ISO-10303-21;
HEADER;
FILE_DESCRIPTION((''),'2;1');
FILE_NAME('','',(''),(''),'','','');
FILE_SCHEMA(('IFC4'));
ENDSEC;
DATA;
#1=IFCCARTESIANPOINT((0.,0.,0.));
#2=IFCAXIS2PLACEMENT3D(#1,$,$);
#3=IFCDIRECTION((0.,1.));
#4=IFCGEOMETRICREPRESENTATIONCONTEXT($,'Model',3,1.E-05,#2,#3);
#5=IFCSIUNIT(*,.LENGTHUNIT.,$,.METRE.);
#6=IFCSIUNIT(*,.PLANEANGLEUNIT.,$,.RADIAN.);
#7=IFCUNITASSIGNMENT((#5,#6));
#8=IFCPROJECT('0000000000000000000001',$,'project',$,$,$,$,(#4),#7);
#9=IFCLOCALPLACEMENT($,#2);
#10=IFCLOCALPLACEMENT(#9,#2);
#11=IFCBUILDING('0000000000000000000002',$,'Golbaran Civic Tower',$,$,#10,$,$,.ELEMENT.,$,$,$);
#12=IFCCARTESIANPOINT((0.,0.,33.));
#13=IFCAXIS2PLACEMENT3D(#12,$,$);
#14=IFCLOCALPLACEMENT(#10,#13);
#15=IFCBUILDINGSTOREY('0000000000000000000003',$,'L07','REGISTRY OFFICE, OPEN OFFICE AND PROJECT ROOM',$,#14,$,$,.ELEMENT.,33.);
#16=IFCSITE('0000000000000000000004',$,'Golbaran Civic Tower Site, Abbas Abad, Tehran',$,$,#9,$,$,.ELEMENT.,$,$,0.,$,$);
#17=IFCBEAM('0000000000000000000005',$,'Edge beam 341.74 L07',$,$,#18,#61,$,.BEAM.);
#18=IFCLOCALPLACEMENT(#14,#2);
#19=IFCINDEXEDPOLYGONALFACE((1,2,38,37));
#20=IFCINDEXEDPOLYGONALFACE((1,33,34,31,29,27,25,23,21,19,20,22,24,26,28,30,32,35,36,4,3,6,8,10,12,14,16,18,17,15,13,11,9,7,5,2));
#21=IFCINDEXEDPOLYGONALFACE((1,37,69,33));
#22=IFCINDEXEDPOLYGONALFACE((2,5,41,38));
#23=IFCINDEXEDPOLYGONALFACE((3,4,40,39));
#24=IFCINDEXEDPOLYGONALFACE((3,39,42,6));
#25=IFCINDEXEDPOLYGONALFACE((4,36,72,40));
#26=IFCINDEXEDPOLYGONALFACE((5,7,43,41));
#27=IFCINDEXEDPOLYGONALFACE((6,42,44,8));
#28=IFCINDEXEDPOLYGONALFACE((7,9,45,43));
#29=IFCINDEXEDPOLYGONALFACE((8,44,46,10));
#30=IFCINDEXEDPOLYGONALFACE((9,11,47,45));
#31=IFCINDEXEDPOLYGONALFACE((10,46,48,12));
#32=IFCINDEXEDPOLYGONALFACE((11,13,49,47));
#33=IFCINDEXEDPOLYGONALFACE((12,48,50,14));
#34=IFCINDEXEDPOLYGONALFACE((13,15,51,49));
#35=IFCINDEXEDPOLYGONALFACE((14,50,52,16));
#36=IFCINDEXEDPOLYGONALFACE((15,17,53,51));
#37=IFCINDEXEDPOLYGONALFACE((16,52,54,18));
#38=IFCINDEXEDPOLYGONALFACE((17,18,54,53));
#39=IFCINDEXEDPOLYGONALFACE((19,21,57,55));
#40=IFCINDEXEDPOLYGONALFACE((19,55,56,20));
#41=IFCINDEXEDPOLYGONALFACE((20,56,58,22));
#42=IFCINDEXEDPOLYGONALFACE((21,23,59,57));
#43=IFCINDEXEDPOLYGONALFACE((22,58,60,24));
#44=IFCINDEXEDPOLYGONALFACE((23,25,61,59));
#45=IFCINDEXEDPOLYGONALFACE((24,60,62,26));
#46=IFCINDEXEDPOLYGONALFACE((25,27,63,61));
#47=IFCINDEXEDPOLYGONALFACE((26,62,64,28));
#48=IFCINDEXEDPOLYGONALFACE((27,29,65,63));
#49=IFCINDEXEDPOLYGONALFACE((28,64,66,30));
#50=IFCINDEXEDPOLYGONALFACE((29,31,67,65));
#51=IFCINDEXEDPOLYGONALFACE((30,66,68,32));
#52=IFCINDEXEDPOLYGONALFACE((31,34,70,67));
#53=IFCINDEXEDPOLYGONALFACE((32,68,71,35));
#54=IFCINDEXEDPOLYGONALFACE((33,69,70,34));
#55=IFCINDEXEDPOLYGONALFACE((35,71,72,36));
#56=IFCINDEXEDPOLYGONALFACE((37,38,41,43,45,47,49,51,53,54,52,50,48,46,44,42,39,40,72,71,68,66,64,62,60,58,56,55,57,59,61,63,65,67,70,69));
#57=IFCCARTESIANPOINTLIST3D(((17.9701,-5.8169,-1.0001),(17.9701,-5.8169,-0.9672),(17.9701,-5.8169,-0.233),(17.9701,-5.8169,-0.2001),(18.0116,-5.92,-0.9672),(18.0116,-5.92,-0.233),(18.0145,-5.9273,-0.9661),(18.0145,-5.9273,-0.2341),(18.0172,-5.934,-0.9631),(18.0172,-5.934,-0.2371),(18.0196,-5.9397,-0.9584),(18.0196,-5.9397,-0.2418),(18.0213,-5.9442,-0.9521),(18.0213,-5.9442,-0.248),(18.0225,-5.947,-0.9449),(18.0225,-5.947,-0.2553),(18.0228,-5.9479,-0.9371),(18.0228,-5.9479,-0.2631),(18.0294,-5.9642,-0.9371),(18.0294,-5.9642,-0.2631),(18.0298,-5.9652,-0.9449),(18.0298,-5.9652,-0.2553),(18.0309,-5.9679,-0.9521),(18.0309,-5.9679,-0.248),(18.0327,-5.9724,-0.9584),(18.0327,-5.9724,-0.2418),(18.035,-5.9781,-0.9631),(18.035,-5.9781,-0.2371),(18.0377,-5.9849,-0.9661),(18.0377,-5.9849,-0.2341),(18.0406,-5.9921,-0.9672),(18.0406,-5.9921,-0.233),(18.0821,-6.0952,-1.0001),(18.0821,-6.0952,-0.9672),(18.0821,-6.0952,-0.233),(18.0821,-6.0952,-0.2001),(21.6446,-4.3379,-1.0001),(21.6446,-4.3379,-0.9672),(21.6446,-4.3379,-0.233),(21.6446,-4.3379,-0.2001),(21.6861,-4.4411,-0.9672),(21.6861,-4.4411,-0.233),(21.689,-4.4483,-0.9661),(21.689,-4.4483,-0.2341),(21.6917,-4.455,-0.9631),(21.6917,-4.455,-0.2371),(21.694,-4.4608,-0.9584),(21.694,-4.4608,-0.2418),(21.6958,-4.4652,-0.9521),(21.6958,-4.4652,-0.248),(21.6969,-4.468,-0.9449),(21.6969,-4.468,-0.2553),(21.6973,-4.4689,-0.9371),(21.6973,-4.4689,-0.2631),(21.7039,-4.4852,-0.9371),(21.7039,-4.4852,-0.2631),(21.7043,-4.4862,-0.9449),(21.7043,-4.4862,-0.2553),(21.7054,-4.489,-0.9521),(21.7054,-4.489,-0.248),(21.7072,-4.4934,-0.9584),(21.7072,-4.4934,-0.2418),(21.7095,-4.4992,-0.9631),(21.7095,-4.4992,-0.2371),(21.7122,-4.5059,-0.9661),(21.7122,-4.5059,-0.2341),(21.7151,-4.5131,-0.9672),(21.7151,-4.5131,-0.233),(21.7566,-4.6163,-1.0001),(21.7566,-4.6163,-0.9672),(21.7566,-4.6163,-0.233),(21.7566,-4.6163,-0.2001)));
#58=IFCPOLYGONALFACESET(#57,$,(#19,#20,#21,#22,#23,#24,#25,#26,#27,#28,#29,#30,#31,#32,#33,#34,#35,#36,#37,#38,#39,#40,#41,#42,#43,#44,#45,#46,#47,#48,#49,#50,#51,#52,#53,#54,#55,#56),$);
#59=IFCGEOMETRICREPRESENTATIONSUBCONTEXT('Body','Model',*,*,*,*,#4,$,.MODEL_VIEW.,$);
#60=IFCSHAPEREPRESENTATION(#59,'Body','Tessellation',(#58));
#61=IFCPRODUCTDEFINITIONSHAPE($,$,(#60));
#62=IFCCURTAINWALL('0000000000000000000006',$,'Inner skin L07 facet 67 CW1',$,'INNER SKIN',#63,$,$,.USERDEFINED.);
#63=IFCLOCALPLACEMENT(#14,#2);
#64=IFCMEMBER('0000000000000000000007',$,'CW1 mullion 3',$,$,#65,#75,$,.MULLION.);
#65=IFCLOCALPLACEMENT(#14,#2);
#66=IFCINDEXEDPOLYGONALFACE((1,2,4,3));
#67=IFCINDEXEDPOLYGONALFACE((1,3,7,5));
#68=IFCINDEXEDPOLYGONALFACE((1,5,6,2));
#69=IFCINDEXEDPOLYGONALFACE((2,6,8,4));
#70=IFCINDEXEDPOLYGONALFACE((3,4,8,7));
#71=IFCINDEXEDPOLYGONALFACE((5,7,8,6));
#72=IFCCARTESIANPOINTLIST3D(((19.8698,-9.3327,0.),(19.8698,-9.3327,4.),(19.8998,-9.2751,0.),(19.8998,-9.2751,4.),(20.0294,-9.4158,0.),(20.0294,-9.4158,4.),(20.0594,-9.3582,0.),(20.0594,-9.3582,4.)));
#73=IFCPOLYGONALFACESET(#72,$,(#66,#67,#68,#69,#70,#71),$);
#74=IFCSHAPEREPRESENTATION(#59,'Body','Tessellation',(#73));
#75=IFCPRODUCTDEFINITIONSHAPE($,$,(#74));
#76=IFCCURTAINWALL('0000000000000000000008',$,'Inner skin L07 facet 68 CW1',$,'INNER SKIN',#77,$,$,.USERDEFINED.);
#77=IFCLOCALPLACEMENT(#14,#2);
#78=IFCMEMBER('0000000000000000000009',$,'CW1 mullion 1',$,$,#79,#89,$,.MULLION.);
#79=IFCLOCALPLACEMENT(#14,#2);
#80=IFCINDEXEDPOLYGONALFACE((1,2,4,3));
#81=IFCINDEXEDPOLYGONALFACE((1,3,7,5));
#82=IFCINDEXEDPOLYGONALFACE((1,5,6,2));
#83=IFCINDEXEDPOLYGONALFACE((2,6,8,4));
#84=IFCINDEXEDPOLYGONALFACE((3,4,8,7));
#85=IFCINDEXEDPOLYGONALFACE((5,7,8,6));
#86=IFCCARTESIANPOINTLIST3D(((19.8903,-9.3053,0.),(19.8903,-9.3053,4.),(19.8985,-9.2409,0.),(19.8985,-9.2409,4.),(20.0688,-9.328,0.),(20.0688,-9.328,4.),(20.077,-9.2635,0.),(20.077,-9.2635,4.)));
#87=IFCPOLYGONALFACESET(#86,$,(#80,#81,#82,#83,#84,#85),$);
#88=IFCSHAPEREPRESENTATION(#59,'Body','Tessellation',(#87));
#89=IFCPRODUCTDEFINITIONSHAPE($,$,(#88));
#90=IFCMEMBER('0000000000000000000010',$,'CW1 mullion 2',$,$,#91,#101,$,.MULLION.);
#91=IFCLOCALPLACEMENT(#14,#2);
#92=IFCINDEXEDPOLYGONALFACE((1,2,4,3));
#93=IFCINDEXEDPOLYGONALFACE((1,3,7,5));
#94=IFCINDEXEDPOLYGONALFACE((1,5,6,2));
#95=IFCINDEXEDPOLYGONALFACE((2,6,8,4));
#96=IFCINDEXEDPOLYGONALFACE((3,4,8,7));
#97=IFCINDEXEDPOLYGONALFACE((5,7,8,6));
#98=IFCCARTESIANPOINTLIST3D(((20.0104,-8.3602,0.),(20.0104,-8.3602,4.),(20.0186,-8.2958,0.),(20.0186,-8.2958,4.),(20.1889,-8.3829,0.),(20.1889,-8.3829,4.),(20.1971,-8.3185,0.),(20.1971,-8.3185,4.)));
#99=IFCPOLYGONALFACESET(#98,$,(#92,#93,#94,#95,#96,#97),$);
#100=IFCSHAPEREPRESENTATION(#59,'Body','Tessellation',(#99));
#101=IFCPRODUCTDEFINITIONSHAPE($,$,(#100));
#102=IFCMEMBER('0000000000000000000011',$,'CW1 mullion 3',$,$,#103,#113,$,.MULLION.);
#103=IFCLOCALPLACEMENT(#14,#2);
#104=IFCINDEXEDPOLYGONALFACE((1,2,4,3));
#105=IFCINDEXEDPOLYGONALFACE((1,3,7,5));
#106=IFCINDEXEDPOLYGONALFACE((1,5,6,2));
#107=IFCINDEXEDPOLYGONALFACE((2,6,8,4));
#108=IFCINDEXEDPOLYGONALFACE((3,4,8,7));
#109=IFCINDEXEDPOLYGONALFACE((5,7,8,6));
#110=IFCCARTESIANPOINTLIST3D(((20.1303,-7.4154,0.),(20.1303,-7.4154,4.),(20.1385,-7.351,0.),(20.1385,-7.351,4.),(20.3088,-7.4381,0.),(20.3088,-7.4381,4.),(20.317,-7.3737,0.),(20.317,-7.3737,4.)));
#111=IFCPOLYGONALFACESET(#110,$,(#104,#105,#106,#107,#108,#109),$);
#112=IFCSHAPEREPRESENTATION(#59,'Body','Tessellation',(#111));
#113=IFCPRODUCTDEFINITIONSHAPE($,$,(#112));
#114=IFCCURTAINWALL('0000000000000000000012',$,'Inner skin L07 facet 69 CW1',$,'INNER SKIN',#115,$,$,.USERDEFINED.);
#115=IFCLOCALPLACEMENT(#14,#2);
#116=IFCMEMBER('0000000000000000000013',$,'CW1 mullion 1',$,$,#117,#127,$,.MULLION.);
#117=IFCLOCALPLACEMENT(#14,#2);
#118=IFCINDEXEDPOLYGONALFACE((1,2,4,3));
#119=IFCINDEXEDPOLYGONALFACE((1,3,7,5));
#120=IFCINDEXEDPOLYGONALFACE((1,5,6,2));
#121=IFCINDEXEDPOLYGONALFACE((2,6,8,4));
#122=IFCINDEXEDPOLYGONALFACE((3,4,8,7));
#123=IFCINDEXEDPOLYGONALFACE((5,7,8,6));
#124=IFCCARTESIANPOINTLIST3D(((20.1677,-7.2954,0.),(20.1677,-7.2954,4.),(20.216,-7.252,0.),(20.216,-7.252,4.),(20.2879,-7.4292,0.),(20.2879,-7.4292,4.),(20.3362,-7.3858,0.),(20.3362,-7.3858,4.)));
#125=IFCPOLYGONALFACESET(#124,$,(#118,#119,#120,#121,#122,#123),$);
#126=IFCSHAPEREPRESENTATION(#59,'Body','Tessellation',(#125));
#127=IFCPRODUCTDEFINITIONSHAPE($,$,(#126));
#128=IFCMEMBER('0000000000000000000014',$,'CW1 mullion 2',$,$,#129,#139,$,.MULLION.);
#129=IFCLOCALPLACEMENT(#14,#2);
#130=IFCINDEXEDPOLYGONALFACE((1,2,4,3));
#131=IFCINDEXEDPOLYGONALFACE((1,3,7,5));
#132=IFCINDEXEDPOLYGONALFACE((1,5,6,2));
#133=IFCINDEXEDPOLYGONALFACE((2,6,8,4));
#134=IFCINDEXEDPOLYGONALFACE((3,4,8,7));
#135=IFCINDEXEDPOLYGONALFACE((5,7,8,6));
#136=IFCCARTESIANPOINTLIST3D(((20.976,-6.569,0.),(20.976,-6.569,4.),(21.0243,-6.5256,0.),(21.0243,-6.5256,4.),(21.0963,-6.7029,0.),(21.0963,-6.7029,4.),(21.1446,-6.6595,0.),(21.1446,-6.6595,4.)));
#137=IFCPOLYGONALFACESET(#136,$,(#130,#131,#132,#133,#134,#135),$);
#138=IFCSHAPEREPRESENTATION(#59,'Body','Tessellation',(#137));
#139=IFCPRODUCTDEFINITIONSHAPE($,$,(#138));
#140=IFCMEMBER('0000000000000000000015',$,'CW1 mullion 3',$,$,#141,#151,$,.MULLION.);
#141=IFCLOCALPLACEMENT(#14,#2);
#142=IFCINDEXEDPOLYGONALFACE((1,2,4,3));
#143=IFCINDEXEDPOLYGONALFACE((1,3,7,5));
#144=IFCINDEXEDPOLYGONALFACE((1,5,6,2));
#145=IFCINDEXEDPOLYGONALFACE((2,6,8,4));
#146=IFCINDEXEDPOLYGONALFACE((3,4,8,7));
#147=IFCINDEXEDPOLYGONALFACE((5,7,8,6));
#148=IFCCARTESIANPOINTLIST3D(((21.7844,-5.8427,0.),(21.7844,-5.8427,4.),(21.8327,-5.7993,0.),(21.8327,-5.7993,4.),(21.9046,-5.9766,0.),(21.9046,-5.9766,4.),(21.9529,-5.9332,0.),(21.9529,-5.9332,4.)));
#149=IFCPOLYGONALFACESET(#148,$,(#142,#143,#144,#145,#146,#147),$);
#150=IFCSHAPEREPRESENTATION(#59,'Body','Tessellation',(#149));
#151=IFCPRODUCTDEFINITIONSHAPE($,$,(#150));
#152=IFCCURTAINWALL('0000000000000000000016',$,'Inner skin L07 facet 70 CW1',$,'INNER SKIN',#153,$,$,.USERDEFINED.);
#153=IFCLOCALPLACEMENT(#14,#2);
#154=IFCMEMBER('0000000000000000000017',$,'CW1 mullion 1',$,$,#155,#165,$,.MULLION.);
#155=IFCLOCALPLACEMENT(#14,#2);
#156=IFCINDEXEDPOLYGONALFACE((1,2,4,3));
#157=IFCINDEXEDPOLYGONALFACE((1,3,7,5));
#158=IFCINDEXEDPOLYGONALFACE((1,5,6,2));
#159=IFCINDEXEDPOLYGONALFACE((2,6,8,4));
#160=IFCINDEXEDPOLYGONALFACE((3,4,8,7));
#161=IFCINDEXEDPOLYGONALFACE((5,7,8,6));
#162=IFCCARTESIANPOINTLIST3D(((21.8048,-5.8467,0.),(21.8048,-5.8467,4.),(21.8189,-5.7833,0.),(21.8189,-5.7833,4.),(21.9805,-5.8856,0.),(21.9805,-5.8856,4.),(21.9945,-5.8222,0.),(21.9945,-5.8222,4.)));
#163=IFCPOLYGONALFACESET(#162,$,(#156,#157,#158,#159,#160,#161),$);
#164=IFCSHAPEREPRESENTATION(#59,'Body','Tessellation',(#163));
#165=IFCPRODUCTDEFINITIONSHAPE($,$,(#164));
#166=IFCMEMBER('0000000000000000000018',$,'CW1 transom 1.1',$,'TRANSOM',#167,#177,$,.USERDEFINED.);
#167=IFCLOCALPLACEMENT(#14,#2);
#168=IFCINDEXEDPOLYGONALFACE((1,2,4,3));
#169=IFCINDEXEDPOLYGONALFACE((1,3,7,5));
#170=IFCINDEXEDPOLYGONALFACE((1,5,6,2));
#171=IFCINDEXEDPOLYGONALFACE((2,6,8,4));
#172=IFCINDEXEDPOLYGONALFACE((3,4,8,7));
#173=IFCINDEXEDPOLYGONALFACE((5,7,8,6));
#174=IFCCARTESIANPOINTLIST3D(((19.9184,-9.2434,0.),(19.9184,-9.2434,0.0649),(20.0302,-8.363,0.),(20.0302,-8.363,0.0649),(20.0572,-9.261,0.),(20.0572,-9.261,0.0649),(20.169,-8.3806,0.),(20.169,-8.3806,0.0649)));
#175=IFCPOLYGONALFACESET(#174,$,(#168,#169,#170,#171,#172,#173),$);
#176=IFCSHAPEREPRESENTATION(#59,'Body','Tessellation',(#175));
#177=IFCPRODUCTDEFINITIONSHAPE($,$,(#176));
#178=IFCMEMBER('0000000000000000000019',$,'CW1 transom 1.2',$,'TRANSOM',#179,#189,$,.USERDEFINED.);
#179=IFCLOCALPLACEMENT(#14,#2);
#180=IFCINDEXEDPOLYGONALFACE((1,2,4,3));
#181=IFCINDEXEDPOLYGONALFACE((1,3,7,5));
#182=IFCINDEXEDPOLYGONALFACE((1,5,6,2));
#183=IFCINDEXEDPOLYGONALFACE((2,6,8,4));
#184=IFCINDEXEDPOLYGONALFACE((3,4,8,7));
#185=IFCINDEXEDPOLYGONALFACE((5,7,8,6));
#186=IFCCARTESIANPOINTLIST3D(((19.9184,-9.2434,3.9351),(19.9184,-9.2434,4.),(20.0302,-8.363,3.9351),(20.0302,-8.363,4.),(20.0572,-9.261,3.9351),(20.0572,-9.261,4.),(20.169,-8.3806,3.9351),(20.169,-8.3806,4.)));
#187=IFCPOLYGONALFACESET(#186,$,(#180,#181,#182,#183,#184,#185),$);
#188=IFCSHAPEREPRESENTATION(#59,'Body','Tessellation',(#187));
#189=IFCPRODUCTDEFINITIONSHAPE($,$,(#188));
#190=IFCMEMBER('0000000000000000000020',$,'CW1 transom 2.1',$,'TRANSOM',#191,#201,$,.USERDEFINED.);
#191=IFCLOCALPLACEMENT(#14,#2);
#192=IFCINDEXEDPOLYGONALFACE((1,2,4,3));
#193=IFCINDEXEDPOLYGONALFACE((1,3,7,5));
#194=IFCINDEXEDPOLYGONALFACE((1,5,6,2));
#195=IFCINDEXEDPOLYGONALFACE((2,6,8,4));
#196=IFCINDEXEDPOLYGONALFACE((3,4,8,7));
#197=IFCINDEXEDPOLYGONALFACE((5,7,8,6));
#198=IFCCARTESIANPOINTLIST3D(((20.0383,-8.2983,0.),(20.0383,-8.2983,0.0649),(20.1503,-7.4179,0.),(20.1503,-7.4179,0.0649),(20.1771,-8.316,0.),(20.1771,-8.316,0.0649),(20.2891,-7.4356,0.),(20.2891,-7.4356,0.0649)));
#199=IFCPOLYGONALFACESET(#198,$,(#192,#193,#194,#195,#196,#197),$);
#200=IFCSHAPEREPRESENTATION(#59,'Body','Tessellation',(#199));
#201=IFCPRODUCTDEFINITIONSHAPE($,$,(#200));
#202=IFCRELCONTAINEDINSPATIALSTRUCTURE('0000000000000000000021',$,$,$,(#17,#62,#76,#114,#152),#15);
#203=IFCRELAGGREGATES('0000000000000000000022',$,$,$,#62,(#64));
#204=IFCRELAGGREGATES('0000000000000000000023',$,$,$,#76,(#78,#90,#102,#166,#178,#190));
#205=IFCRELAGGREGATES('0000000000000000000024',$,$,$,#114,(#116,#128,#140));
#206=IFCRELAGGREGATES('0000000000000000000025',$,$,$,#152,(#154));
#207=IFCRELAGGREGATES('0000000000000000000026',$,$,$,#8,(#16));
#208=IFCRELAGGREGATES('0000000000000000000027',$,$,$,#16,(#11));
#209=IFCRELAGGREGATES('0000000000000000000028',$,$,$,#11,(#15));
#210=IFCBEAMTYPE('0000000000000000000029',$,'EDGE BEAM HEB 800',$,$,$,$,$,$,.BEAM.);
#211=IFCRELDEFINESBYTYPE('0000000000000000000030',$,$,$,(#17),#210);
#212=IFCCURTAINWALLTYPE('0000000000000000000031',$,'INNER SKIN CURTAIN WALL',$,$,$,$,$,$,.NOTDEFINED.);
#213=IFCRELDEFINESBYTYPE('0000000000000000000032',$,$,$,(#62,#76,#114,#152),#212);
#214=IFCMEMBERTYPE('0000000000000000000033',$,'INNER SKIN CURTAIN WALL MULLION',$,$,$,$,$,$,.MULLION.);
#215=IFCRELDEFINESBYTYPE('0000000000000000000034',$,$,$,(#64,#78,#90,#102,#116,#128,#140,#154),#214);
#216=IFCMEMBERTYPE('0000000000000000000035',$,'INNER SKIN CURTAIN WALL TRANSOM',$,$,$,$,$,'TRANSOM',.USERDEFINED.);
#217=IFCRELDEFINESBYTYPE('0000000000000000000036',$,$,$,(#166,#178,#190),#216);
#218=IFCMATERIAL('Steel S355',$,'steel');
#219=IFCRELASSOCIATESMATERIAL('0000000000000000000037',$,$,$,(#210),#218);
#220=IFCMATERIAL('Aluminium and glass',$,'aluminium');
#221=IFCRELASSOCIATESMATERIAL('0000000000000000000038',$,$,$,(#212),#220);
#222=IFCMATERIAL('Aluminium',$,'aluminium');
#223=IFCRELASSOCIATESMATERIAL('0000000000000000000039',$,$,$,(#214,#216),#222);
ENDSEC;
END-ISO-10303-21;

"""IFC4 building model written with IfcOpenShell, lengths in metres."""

from ifc_helpers import new_model, si_unit, direction, frame, origin, origin_2d, place, context, subcontext, project, spatial, rectangle, i_section, extrude, material, material_profile, profile_set, type_object, element, aggregate, save


model = new_model("IFC4")

# Units and contexts
model_context = context("Model", 3, precision=1e-05, world=origin(), true_north=direction((0.0, 1.0)))
body_context = subcontext(model_context, "Body", "Model", "MODEL_VIEW")
ifc_project = project(units=[si_unit("LENGTHUNIT", "METRE"), si_unit("PLANEANGLEUNIT", "RADIAN")], contexts=[model_context])

# Site, building, storey
site_placement = place(None, origin())
site = spatial("IfcSite", under=ifc_project, at=site_placement, Name="Golbaran Civic Tower Site, Abbas Abad, Tehran", CompositionType="ELEMENT", RefElevation=0.0)
building_placement = place(site_placement, origin())
building = spatial("IfcBuilding", under=site, at=building_placement, Name="Golbaran Civic Tower", CompositionType="ELEMENT")
storey_placement = place(building_placement, frame((0.0, 0.0, 33.0)))
storey = spatial("IfcBuildingStorey", under=building, at=storey_placement, Name="L07", Description="REGISTRY OFFICE, OPEN OFFICE AND PROJECT ROOM", CompositionType="ELEMENT", Elevation=33.0)

# Beam
ifc_material_1 = material(Name="Steel S355", Category="steel")
ifc_material_profile_1 = material_profile(ifc_material_1, i_section(OverallWidth=0.3, OverallDepth=0.8, WebThickness=0.0176, FlangeThickness=0.033, FilletRadius=0.03, at=origin_2d()), Name="HEB 800")
ifc_profile_set_1 = profile_set([ifc_material_profile_1], Name="Steel S355")
beam_type = type_object("IfcBeamType", Name="EDGE BEAM HEB 800", PredefinedType="BEAM", material=ifc_profile_set_1)
beam_placement = place(storey_placement, frame((18.0261, -5.9561, -0.6001), z_axis=(0.927675, 0.373388, 0.0), x_axis=(-0.373388, 0.927675, 0.0)))
element("IfcBeam", 1, at=beam_placement, inside=storey, type_object=beam_type, Name="Edge beam 341.74 L07", PredefinedType="BEAM", context=body_context, shape_type="SweptSolid", body=[
    extrude(i_section(OverallWidth=0.3, OverallDepth=0.8, WebThickness=0.0176, FlangeThickness=0.033, FilletRadius=0.03, at=origin_2d()), origin(), (0.0, 0.0, 1.0), 3.9609),
])

# Curtain wall, member
ifc_material_2 = material(Name="Aluminium and glass", Category="aluminium")
curtain_wall_type = type_object("IfcCurtainWallType", Name="INNER SKIN CURTAIN WALL", PredefinedType="NOTDEFINED", material=ifc_material_2)
curtain_wall_1_placement = place(storey_placement, origin())
curtain_wall_1 = element("IfcCurtainWall", 2, at=curtain_wall_1_placement, inside=storey, type_object=curtain_wall_type, Name="Inner skin L07 facet 67 CW1", ObjectType="INNER SKIN", PredefinedType="USERDEFINED")
ifc_material_3 = material(Name="Aluminium", Category="aluminium")
ifc_material_profile_2 = material_profile(ifc_material_3, rectangle(XDim=0.1799, YDim=0.0649, at=origin_2d()), Name="INNER SKIN CURTAIN WALL MULLION")
ifc_profile_set_2 = profile_set([ifc_material_profile_2], Name="Aluminium")
member_type_1 = type_object("IfcMemberType", Name="INNER SKIN CURTAIN WALL MULLION", PredefinedType="MULLION", material=ifc_profile_set_2)
member_1_placement = place(storey_placement, frame((19.9646, -9.3455, 0.0), z_axis=(0.0, 0.0, 1.0), x_axis=(-0.887011, 0.461749, 0.0)))
member_1 = element("IfcMember", 3, at=member_1_placement, type_object=member_type_1, Name="CW1 mullion 3", PredefinedType="MULLION", context=body_context, shape_type="SweptSolid", body=[
    extrude(rectangle(XDim=0.1799, YDim=0.0649, at=origin_2d()), origin(), (0.0, 0.0, 1.0), 4.0),
])
aggregate(curtain_wall_1, [member_1])

# Curtain walls, members
curtain_wall_2_placement = place(storey_placement, origin())
curtain_wall_2 = element("IfcCurtainWall", 4, at=curtain_wall_2_placement, inside=storey, type_object=curtain_wall_type, Name="Inner skin L07 facet 68 CW1", ObjectType="INNER SKIN", PredefinedType="USERDEFINED")
member_2_placement = place(storey_placement, frame((19.9836, -9.2844, 0.0), z_axis=(0.0, 0.0, 1.0), x_axis=(-0.992027, 0.126024, 0.0)))
member_2 = element("IfcMember", 5, at=member_2_placement, type_object=member_type_1, Name="CW1 mullion 1", PredefinedType="MULLION", context=body_context, shape_type="SweptSolid", body=[
    extrude(rectangle(XDim=0.1799, YDim=0.0649, at=origin_2d()), origin(), (0.0, 0.0, 1.0), 4.0),
])
member_3_placement = place(storey_placement, frame((20.1038, -8.3394, 0.0), z_axis=(0.0, 0.0, 1.0), x_axis=(-0.992027, 0.126024, 0.0)))
member_3 = element("IfcMember", 6, at=member_3_placement, type_object=member_type_1, Name="CW1 mullion 2", PredefinedType="MULLION", context=body_context, shape_type="SweptSolid", body=[
    extrude(rectangle(XDim=0.1799, YDim=0.0649, at=origin_2d()), origin(), (0.0, 0.0, 1.0), 4.0),
])
member_4_placement = place(storey_placement, frame((20.2236, -7.3945, 0.0), z_axis=(0.0, 0.0, 1.0), x_axis=(-0.992027, 0.126024, 0.0)))
member_4 = element("IfcMember", 7, at=member_4_placement, type_object=member_type_1, Name="CW1 mullion 3", PredefinedType="MULLION", context=body_context, shape_type="SweptSolid", body=[
    extrude(rectangle(XDim=0.1799, YDim=0.0649, at=origin_2d()), origin(), (0.0, 0.0, 1.0), 4.0),
])
curtain_wall_3_placement = place(storey_placement, origin())
curtain_wall_3 = element("IfcCurtainWall", 8, at=curtain_wall_3_placement, inside=storey, type_object=curtain_wall_type, Name="Inner skin L07 facet 69 CW1", ObjectType="INNER SKIN", PredefinedType="USERDEFINED")
member_5_placement = place(storey_placement, frame((20.252, -7.3406, 0.0), z_axis=(0.0, 0.0, 1.0), x_axis=(-0.66842, 0.743784, 0.0)))
member_5 = element("IfcMember", 9, at=member_5_placement, type_object=member_type_1, Name="CW1 mullion 1", PredefinedType="MULLION", context=body_context, shape_type="SweptSolid", body=[
    extrude(rectangle(XDim=0.1799, YDim=0.0649, at=origin_2d()), origin(), (0.0, 0.0, 1.0), 4.0),
])
member_6_placement = place(storey_placement, frame((21.0603, -6.6143, 0.0), z_axis=(0.0, 0.0, 1.0), x_axis=(-0.66842, 0.743784, 0.0)))
member_6 = element("IfcMember", 10, at=member_6_placement, type_object=member_type_1, Name="CW1 mullion 2", PredefinedType="MULLION", context=body_context, shape_type="SweptSolid", body=[
    extrude(rectangle(XDim=0.1799, YDim=0.0649, at=origin_2d()), origin(), (0.0, 0.0, 1.0), 4.0),
])
member_7_placement = place(storey_placement, frame((21.8687, -5.8879, 0.0), z_axis=(0.0, 0.0, 1.0), x_axis=(-0.66842, 0.743784, 0.0)))
member_7 = element("IfcMember", 11, at=member_7_placement, type_object=member_type_1, Name="CW1 mullion 3", PredefinedType="MULLION", context=body_context, shape_type="SweptSolid", body=[
    extrude(rectangle(XDim=0.1799, YDim=0.0649, at=origin_2d()), origin(), (0.0, 0.0, 1.0), 4.0),
])

# Curtain wall, member
curtain_wall_4_placement = place(storey_placement, origin())
curtain_wall_4 = element("IfcCurtainWall", 12, at=curtain_wall_4_placement, inside=storey, type_object=curtain_wall_type, Name="Inner skin L07 facet 70 CW1", ObjectType="INNER SKIN", PredefinedType="USERDEFINED")
member_8_placement = place(storey_placement, frame((21.8997, -5.8345, 0.0), z_axis=(0.0, 0.0, 1.0), x_axis=(-0.976296, 0.21644, 0.0)))
member_8 = element("IfcMember", 13, at=member_8_placement, type_object=member_type_1, Name="CW1 mullion 1", PredefinedType="MULLION", context=body_context, shape_type="SweptSolid", body=[
    extrude(rectangle(XDim=0.1799, YDim=0.0649, at=origin_2d()), origin(), (0.0, 0.0, 1.0), 4.0),
])

# Members
ifc_material_profile_3 = material_profile(ifc_material_3, rectangle(XDim=0.1399, YDim=0.0649, at=origin_2d()), Name="INNER SKIN CURTAIN WALL TRANSOM")
ifc_profile_set_3 = profile_set([ifc_material_profile_3], Name="Aluminium")
member_type_2 = type_object("IfcMemberType", Name="INNER SKIN CURTAIN WALL TRANSOM", ElementType="TRANSOM", PredefinedType="USERDEFINED", material=ifc_profile_set_3)
member_9_placement = place(storey_placement, frame((19.9878, -9.2522, 0.0325), z_axis=(0.125998, 0.99203, 0.0), x_axis=(-0.99203, 0.125998, 0.0)))
member_9 = element("IfcMember", 14, at=member_9_placement, type_object=member_type_2, Name="CW1 transom 1.1", ObjectType="TRANSOM", PredefinedType="USERDEFINED", context=body_context, shape_type="SweptSolid", body=[
    extrude(rectangle(XDim=0.1399, YDim=0.0649, at=origin_2d()), origin(), (0.0, 0.0, 1.0), 0.8875),
])
member_10_placement = place(storey_placement, frame((19.9878, -9.2522, 3.9675), z_axis=(0.125998, 0.99203, 0.0), x_axis=(-0.99203, 0.125998, 0.0)))
member_10 = element("IfcMember", 15, at=member_10_placement, type_object=member_type_2, Name="CW1 transom 1.2", ObjectType="TRANSOM", PredefinedType="USERDEFINED", context=body_context, shape_type="SweptSolid", body=[
    extrude(rectangle(XDim=0.1399, YDim=0.0649, at=origin_2d()), origin(), (0.0, 0.0, 1.0), 0.8875),
])
member_11_placement = place(storey_placement, frame((20.1077, -8.3071, 0.0325), z_axis=(0.126269, 0.991996, 0.0), x_axis=(-0.991996, 0.126269, 0.0)))
member_11 = element("IfcMember", 16, at=member_11_placement, type_object=member_type_2, Name="CW1 transom 2.1", ObjectType="TRANSOM", PredefinedType="USERDEFINED", context=body_context, shape_type="SweptSolid", body=[
    extrude(rectangle(XDim=0.1399, YDim=0.0649, at=origin_2d()), origin(), (0.0, 0.0, 1.0), 0.8875),
])

aggregate(curtain_wall_2, [member_2, member_3, member_4, member_9, member_10, member_11])
aggregate(curtain_wall_3, [member_5, member_6, member_7])
aggregate(curtain_wall_4, [member_8])

save(model, "model.ifc")
